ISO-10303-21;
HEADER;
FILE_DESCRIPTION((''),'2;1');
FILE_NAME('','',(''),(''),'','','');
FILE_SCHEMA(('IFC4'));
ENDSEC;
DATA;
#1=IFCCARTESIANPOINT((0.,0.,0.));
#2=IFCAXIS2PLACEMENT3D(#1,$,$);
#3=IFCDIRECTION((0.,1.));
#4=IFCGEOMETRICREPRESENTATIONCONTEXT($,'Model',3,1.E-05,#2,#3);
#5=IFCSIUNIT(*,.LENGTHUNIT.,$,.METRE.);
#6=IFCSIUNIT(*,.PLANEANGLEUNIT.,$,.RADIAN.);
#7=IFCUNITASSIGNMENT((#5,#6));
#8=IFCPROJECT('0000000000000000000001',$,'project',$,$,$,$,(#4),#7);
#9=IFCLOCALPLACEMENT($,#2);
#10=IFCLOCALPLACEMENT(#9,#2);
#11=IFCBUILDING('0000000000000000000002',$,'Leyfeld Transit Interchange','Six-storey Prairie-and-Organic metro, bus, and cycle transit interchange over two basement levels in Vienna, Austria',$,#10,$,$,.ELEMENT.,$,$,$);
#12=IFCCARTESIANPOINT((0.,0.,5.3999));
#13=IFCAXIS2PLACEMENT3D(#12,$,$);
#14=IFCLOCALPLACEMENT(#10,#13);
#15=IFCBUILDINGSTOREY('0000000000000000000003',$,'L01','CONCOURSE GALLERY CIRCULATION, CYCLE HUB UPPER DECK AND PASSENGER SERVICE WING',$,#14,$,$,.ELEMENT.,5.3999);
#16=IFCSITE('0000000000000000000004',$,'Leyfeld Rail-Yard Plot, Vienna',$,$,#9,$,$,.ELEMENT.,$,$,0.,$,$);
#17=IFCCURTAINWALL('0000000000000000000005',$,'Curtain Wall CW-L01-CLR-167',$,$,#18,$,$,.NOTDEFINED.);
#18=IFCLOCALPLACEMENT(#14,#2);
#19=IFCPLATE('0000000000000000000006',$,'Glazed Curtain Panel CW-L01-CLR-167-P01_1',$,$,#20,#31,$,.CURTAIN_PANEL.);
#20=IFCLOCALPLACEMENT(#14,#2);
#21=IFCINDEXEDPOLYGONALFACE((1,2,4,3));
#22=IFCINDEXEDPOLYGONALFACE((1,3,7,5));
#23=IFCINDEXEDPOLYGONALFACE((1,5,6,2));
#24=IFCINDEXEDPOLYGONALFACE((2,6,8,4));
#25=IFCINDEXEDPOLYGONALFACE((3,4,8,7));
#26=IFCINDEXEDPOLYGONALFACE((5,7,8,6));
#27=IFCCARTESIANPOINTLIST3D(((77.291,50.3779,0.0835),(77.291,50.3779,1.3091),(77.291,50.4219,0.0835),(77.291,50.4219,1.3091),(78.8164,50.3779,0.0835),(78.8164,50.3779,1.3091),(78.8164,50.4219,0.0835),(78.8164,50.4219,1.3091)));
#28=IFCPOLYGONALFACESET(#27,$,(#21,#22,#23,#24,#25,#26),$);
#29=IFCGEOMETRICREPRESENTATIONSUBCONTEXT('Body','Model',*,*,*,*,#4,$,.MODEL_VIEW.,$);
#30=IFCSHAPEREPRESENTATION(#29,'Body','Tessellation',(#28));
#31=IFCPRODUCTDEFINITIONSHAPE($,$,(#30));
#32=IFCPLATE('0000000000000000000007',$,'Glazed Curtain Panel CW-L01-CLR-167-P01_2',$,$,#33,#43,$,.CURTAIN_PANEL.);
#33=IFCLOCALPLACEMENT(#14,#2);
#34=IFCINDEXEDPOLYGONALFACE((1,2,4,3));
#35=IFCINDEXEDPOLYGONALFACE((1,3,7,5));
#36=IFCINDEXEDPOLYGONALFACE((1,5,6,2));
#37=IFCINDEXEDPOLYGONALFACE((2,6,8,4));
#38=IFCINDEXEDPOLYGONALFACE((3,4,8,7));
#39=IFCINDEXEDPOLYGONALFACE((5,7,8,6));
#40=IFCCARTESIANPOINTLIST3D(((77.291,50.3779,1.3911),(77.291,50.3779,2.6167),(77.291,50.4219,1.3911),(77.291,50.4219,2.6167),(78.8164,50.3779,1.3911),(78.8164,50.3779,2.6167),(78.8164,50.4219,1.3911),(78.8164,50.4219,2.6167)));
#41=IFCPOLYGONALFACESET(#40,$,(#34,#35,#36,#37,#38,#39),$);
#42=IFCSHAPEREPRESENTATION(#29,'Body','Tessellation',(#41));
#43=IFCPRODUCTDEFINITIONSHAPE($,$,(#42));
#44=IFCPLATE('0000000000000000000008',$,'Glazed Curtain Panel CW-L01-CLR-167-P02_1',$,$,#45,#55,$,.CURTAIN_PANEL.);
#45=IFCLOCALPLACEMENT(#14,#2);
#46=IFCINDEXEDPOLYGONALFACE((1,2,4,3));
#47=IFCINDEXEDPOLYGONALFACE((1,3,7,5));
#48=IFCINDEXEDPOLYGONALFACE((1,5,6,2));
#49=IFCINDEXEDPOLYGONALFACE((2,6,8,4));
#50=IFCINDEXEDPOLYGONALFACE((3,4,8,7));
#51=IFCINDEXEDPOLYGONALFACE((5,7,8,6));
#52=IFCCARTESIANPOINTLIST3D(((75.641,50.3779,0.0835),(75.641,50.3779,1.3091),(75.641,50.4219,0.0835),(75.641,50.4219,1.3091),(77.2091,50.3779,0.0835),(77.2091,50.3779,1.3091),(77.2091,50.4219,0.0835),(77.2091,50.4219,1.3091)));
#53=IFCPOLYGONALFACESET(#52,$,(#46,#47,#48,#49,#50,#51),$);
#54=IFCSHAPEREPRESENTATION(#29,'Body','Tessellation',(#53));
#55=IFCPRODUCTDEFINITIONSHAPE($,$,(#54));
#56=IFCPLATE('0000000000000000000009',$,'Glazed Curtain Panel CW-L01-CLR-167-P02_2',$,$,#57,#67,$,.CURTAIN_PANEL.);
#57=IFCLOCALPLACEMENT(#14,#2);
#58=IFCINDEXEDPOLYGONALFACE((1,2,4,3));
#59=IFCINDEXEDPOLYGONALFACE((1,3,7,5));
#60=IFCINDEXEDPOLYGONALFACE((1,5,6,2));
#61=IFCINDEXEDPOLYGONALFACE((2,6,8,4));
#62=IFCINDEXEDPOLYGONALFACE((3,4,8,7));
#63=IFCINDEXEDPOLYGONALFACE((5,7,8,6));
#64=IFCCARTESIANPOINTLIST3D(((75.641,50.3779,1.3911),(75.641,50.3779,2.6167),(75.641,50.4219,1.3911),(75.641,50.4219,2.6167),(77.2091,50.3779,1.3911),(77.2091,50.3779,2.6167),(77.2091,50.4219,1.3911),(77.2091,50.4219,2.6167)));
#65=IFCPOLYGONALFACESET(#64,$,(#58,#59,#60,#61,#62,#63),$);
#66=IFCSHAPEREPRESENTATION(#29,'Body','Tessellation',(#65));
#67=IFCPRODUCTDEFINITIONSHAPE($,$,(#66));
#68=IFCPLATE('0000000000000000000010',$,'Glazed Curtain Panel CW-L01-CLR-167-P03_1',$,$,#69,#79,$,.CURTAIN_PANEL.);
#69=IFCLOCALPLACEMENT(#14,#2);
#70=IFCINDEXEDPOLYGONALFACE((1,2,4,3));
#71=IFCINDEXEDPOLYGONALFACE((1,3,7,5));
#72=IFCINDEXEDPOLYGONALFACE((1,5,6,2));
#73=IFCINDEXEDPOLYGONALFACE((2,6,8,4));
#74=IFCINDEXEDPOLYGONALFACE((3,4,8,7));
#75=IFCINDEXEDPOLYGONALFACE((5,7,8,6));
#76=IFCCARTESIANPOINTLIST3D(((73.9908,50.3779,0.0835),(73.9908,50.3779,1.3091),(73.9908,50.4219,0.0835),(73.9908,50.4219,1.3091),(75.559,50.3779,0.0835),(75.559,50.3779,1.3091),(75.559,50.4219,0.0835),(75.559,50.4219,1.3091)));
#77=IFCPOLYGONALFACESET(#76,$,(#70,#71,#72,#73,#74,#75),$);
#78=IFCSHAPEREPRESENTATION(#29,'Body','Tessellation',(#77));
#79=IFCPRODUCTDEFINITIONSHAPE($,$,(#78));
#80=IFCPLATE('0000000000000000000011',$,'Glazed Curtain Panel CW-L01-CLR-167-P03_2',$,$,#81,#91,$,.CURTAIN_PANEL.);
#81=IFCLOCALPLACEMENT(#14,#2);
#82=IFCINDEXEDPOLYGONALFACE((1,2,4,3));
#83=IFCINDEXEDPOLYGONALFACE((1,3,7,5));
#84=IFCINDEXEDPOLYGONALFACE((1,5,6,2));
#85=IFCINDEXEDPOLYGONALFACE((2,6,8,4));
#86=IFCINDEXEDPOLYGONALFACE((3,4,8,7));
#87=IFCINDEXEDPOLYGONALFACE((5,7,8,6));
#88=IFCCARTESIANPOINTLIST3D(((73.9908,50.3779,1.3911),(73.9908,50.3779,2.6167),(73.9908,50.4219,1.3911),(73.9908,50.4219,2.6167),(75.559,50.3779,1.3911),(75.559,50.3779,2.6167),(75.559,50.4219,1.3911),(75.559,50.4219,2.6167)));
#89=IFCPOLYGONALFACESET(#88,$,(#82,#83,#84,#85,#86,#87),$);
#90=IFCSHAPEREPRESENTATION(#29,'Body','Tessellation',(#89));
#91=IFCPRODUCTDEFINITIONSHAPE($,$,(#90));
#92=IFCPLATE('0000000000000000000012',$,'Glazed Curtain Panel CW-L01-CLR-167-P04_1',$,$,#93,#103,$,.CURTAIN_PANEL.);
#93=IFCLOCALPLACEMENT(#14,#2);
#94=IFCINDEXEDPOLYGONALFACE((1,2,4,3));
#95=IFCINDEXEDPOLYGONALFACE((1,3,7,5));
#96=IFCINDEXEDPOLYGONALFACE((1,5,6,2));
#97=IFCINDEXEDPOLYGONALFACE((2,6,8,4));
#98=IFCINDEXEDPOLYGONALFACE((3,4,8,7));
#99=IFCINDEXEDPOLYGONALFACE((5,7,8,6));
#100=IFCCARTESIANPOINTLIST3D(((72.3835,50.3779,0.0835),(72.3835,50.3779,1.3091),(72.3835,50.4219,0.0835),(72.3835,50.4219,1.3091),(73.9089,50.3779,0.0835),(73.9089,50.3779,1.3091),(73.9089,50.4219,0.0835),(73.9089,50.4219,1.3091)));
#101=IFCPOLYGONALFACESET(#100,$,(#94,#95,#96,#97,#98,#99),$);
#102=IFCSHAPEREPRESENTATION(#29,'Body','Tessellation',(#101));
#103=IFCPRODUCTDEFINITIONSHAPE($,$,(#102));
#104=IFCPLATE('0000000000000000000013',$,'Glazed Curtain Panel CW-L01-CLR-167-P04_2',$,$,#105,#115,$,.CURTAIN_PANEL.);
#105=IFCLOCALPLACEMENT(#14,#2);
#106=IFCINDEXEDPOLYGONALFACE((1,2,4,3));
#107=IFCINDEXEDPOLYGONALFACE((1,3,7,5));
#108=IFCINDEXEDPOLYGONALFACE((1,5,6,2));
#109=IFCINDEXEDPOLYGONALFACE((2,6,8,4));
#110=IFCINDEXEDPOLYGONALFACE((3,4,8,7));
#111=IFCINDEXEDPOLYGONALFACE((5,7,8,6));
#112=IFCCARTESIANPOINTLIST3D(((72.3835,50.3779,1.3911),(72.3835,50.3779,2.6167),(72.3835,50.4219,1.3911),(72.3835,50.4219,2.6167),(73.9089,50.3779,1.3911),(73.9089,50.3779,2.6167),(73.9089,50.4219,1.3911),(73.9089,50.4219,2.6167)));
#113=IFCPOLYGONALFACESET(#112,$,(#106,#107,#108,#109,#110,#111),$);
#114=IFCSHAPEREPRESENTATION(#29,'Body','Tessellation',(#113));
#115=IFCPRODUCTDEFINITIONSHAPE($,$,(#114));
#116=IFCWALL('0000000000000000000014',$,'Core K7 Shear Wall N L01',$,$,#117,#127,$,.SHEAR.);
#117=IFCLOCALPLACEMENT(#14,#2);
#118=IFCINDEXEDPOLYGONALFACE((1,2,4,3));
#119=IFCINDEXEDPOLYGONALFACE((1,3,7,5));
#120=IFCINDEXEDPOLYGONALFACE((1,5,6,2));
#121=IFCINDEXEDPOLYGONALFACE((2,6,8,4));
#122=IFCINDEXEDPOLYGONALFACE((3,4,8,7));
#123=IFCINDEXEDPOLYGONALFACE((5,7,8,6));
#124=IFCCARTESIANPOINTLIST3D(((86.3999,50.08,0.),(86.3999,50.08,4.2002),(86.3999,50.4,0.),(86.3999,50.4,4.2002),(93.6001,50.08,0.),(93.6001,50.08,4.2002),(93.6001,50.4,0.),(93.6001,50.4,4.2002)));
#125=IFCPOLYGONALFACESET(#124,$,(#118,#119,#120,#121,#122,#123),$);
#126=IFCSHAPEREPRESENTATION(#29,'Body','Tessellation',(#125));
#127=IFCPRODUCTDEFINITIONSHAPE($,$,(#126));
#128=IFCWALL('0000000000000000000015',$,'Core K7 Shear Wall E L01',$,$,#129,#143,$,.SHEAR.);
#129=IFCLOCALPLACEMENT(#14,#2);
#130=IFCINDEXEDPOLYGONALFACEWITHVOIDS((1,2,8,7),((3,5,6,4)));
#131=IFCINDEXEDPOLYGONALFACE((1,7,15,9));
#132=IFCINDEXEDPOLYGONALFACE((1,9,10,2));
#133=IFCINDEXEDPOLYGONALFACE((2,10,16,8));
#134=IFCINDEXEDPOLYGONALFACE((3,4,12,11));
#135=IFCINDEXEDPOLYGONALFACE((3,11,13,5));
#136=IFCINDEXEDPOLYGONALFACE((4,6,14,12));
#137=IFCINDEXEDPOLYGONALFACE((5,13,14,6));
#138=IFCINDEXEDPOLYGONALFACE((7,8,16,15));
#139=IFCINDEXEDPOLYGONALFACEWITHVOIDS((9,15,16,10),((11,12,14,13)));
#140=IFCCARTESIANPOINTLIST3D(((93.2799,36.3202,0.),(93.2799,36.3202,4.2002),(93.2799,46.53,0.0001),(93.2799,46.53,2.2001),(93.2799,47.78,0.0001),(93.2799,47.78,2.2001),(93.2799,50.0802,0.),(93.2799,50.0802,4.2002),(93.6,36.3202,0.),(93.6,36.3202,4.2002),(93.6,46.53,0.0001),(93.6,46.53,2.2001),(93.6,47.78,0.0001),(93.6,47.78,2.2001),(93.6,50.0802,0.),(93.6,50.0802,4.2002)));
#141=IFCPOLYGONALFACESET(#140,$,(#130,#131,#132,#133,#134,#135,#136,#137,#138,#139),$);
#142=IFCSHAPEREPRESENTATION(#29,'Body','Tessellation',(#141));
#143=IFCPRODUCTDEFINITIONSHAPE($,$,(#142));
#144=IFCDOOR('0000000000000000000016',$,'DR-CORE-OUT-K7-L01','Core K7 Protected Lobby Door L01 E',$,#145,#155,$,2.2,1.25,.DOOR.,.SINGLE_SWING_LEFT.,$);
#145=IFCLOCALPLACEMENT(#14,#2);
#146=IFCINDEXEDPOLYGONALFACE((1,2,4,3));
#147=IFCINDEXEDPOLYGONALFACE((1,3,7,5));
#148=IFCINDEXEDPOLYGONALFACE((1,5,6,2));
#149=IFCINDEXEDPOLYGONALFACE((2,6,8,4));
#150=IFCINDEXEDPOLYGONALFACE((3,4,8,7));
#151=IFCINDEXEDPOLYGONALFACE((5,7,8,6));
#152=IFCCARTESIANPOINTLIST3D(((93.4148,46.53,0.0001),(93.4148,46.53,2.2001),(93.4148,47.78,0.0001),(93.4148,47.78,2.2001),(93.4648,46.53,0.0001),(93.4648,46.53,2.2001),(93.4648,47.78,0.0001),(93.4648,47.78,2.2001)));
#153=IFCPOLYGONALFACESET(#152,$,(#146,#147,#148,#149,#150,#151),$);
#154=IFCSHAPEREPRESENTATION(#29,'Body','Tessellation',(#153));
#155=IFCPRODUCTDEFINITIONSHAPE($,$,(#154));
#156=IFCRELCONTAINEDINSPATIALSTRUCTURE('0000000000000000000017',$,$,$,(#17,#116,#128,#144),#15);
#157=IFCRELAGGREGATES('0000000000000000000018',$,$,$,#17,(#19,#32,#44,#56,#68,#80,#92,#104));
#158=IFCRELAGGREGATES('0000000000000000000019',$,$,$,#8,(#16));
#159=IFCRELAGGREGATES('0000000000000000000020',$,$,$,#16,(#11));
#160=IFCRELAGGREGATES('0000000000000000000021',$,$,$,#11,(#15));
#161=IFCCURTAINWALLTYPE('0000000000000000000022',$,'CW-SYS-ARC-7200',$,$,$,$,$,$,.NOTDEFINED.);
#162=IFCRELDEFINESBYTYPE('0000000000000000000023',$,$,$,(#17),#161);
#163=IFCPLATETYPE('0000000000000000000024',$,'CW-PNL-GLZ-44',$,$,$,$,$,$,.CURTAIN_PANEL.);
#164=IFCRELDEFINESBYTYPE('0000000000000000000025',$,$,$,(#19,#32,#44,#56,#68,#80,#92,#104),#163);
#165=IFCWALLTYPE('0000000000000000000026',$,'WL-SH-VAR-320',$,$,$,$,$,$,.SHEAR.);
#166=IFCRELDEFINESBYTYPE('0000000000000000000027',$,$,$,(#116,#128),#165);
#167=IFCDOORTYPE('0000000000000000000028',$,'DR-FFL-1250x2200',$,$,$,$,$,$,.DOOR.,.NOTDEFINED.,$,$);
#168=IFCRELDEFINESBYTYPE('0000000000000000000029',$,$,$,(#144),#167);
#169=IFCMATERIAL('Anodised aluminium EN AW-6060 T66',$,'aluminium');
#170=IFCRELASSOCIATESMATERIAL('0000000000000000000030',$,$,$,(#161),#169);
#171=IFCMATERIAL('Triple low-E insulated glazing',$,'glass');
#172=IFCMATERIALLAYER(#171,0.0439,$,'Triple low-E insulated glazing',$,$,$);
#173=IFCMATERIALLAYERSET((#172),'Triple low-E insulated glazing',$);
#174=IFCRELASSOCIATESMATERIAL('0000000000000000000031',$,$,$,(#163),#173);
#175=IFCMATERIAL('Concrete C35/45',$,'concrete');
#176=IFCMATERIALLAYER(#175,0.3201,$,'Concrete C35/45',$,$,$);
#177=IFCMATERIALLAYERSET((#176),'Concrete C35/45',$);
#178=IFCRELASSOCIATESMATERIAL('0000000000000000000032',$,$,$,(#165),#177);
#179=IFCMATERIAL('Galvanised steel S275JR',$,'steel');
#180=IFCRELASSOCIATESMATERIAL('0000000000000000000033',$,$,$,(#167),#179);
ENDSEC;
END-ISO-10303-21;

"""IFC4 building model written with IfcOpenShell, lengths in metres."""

from ifc_helpers import new_model, si_unit, direction, frame, frame_2d, origin, origin_2d, place, context, subcontext, project, spatial, rectangle, extrude, material, layer, layer_set, type_object, element, fill, aggregate, save


model = new_model("IFC4")

# Units and contexts
model_context = context("Model", 3, precision=1e-05, world=origin(), true_north=direction((0.0, 1.0)))
body_context = subcontext(model_context, "Body", "Model", "MODEL_VIEW")
ifc_project = project(units=[si_unit("LENGTHUNIT", "METRE"), si_unit("PLANEANGLEUNIT", "RADIAN")], contexts=[model_context])

# Site, building, storey
site_placement = place(None, origin())
site = spatial("IfcSite", under=ifc_project, at=site_placement, Name="Leyfeld Rail-Yard Plot, Vienna", CompositionType="ELEMENT", RefElevation=0.0)
building_placement = place(site_placement, origin())
building = spatial("IfcBuilding", under=site, at=building_placement, Name="Leyfeld Transit Interchange", Description="Six-storey Prairie-and-Organic metro, bus, and cycle transit interchange over two basement levels in Vienna, Austria", CompositionType="ELEMENT")
storey_placement = place(building_placement, frame((0.0, 0.0, 5.3999)))
storey = spatial("IfcBuildingStorey", under=building, at=storey_placement, Name="L01", Description="CONCOURSE GALLERY CIRCULATION, CYCLE HUB UPPER DECK AND PASSENGER SERVICE WING", CompositionType="ELEMENT", Elevation=5.3999)

# Shared definitions
ifc_material_1 = material(Name="Concrete C35/45", Category="concrete")

# Shared definitions
ifc_material_2 = material(Name="Anodised aluminium EN AW-6060 T66", Category="aluminium")
curtain_wall_type = type_object("IfcCurtainWallType", Name="CW-SYS-ARC-7200", PredefinedType="NOTDEFINED", material=ifc_material_2)

# Curtain wall
curtain_wall_1_placement = place(storey_placement, origin())
curtain_wall_1 = element("IfcCurtainWall", 1, at=curtain_wall_1_placement, inside=storey, type_object=curtain_wall_type, Name="Curtain Wall CW-L01-CLR-167", PredefinedType="NOTDEFINED")

# Plates
ifc_material_3 = material(Name="Triple low-E insulated glazing", Category="glass")
ifc_layer_1 = layer(ifc_material_3, 0.0439, Name="Triple low-E insulated glazing")
ifc_layer_set_1 = layer_set([ifc_layer_1], Name="Triple low-E insulated glazing")
plate_type = type_object("IfcPlateType", Name="CW-PNL-GLZ-44", PredefinedType="CURTAIN_PANEL", material=ifc_layer_set_1)
plate_1_placement = place(storey_placement, frame((78.0537, 50.3999, 0.0835), z_axis=(0.0, 0.0, 1.0), x_axis=(-1.0, 0.0, 0.0)))
plate_1 = element("IfcPlate", 2, at=plate_1_placement, type_object=plate_type, Name="Glazed Curtain Panel CW-L01-CLR-167-P01_1", PredefinedType="CURTAIN_PANEL", context=body_context, shape_type="SweptSolid", body=[
    extrude(rectangle(XDim=1.5254, YDim=0.0439, at=origin_2d()), origin(), (0.0, 0.0, 1.0), 1.2256),
])
plate_2_placement = place(storey_placement, frame((78.0537, 50.3999, 1.3911), z_axis=(0.0, 0.0, 1.0), x_axis=(-1.0, 0.0, 0.0)))
plate_2 = element("IfcPlate", 3, at=plate_2_placement, type_object=plate_type, Name="Glazed Curtain Panel CW-L01-CLR-167-P01_2", PredefinedType="CURTAIN_PANEL", context=body_context, shape_type="SweptSolid", body=[
    extrude(rectangle(XDim=1.5254, YDim=0.0439, at=origin_2d()), origin(), (0.0, 0.0, 1.0), 1.2256),
])
plate_3_placement = place(storey_placement, frame((76.425, 50.3999, 0.0835), z_axis=(0.0, 0.0, 1.0), x_axis=(-1.0, 0.0, 0.0)))
plate_3 = element("IfcPlate", 4, at=plate_3_placement, type_object=plate_type, Name="Glazed Curtain Panel CW-L01-CLR-167-P02_1", PredefinedType="CURTAIN_PANEL", context=body_context, shape_type="SweptSolid", body=[
    extrude(rectangle(XDim=1.5681, YDim=0.0439, at=origin_2d()), origin(), (0.0, 0.0, 1.0), 1.2256),
])
plate_4_placement = place(storey_placement, frame((76.425, 50.3999, 1.3911), z_axis=(0.0, 0.0, 1.0), x_axis=(-1.0, 0.0, 0.0)))
plate_4 = element("IfcPlate", 5, at=plate_4_placement, type_object=plate_type, Name="Glazed Curtain Panel CW-L01-CLR-167-P02_2", PredefinedType="CURTAIN_PANEL", context=body_context, shape_type="SweptSolid", body=[
    extrude(rectangle(XDim=1.5681, YDim=0.0439, at=origin_2d()), origin(), (0.0, 0.0, 1.0), 1.2256),
])
plate_5_placement = place(storey_placement, frame((74.7749, 50.3999, 0.0835), z_axis=(0.0, 0.0, 1.0), x_axis=(-1.0, 0.0, 0.0)))
plate_5 = element("IfcPlate", 6, at=plate_5_placement, type_object=plate_type, Name="Glazed Curtain Panel CW-L01-CLR-167-P03_1", PredefinedType="CURTAIN_PANEL", context=body_context, shape_type="SweptSolid", body=[
    extrude(rectangle(XDim=1.5681, YDim=0.0439, at=origin_2d()), origin(), (0.0, 0.0, 1.0), 1.2256),
])
plate_6_placement = place(storey_placement, frame((74.7749, 50.3999, 1.3911), z_axis=(0.0, 0.0, 1.0), x_axis=(-1.0, 0.0, 0.0)))
plate_6 = element("IfcPlate", 7, at=plate_6_placement, type_object=plate_type, Name="Glazed Curtain Panel CW-L01-CLR-167-P03_2", PredefinedType="CURTAIN_PANEL", context=body_context, shape_type="SweptSolid", body=[
    extrude(rectangle(XDim=1.5681, YDim=0.0439, at=origin_2d()), origin(), (0.0, 0.0, 1.0), 1.2256),
])
plate_7_placement = place(storey_placement, frame((73.1462, 50.3999, 0.0835), z_axis=(0.0, 0.0, 1.0), x_axis=(-1.0, 0.0, 0.0)))
plate_7 = element("IfcPlate", 8, at=plate_7_placement, type_object=plate_type, Name="Glazed Curtain Panel CW-L01-CLR-167-P04_1", PredefinedType="CURTAIN_PANEL", context=body_context, shape_type="SweptSolid", body=[
    extrude(rectangle(XDim=1.5254, YDim=0.0439, at=origin_2d()), origin(), (0.0, 0.0, 1.0), 1.2256),
])
plate_8_placement = place(storey_placement, frame((73.1462, 50.3999, 1.3911), z_axis=(0.0, 0.0, 1.0), x_axis=(-1.0, 0.0, 0.0)))
plate_8 = element("IfcPlate", 9, at=plate_8_placement, type_object=plate_type, Name="Glazed Curtain Panel CW-L01-CLR-167-P04_2", PredefinedType="CURTAIN_PANEL", context=body_context, shape_type="SweptSolid", body=[
    extrude(rectangle(XDim=1.5254, YDim=0.0439, at=origin_2d()), origin(), (0.0, 0.0, 1.0), 1.2256),
])
aggregate(curtain_wall_1, [plate_1, plate_2, plate_3, plate_4, plate_5, plate_6, plate_7, plate_8])

# Wall
ifc_layer_2 = layer(ifc_material_1, 0.3201, Name="Concrete C35/45")
ifc_layer_set_2 = layer_set([ifc_layer_2], Name="Concrete C35/45")
wall_type = type_object("IfcWallType", Name="WL-SH-VAR-320", PredefinedType="SHEAR", material=ifc_layer_set_2)
wall_1_placement = place(storey_placement, frame((86.3999, 50.24, 0.0), z_axis=(0.0, 0.0, 1.0), x_axis=(1.0, 0.0, 0.0)))
element("IfcWall", 10, at=wall_1_placement, inside=storey, type_object=wall_type, Name="Core K7 Shear Wall N L01", PredefinedType="SHEAR", context=body_context, shape_type="SweptSolid", body=[
    extrude(rectangle(XDim=7.2002, YDim=0.3201, at=frame_2d((3.6001, 0.0))), origin(), (0.0, 0.0, 1.0), 4.2002),
])

# Wall, opening, door
wall_2_placement = place(storey_placement, frame((93.4399, 50.0801, 0.0), z_axis=(0.0, 0.0, 1.0), x_axis=(0.0, -1.0, 0.0)))
wall_2 = element("IfcWall", 11, at=wall_2_placement, inside=storey, type_object=wall_type, Name="Core K7 Shear Wall E L01", PredefinedType="SHEAR", context=body_context, shape_type="SweptSolid", body=[
    extrude(rectangle(XDim=13.76, YDim=0.3201, at=frame_2d((6.8799, 0.0))), origin(), (0.0, 0.0, 1.0), 4.2002),
])
opening_placement = place(wall_2_placement, frame((2.3, 0.0, 0.0)))
opening = element("IfcOpeningElement", 12, at=opening_placement, cuts=wall_2, PredefinedType="OPENING", context=body_context, shape_type="SweptSolid", body=[
    extrude(rectangle(XDim=1.25, YDim=2.2, at=frame_2d((0.625, 1.1001))), frame((0.0, 0.1699, 0.0), z_axis=(0.0, -1.0, 0.0), x_axis=(1.0, 0.0, 0.0)), (0.0, 0.0, 1.0), 0.3401),
])
ifc_material_4 = material(Name="Galvanised steel S275JR", Category="steel")
door_type = type_object("IfcDoorType", Name="DR-FFL-1250x2200", OperationType="NOTDEFINED", PredefinedType="DOOR", material=ifc_material_4)
door_placement = place(opening_placement, origin())
door = element("IfcDoor", 13, at=door_placement, inside=storey, type_object=door_type, Name="DR-CORE-OUT-K7-L01", Description="Core K7 Protected Lobby Door L01 E", OperationType="SINGLE_SWING_LEFT", OverallHeight=2.2, OverallWidth=1.25, PredefinedType="DOOR", context=body_context, shape_type="SweptSolid", body=[
    extrude(rectangle(XDim=1.25, YDim=2.2, at=frame_2d((0.625, 1.1001))), frame((0.0, 0.0249, 0.0), z_axis=(0.0, -1.0, 0.0), x_axis=(1.0, 0.0, 0.0)), (0.0, 0.0, 1.0), 0.05),
])
fill(opening, door)

save(model, "model.ifc")
